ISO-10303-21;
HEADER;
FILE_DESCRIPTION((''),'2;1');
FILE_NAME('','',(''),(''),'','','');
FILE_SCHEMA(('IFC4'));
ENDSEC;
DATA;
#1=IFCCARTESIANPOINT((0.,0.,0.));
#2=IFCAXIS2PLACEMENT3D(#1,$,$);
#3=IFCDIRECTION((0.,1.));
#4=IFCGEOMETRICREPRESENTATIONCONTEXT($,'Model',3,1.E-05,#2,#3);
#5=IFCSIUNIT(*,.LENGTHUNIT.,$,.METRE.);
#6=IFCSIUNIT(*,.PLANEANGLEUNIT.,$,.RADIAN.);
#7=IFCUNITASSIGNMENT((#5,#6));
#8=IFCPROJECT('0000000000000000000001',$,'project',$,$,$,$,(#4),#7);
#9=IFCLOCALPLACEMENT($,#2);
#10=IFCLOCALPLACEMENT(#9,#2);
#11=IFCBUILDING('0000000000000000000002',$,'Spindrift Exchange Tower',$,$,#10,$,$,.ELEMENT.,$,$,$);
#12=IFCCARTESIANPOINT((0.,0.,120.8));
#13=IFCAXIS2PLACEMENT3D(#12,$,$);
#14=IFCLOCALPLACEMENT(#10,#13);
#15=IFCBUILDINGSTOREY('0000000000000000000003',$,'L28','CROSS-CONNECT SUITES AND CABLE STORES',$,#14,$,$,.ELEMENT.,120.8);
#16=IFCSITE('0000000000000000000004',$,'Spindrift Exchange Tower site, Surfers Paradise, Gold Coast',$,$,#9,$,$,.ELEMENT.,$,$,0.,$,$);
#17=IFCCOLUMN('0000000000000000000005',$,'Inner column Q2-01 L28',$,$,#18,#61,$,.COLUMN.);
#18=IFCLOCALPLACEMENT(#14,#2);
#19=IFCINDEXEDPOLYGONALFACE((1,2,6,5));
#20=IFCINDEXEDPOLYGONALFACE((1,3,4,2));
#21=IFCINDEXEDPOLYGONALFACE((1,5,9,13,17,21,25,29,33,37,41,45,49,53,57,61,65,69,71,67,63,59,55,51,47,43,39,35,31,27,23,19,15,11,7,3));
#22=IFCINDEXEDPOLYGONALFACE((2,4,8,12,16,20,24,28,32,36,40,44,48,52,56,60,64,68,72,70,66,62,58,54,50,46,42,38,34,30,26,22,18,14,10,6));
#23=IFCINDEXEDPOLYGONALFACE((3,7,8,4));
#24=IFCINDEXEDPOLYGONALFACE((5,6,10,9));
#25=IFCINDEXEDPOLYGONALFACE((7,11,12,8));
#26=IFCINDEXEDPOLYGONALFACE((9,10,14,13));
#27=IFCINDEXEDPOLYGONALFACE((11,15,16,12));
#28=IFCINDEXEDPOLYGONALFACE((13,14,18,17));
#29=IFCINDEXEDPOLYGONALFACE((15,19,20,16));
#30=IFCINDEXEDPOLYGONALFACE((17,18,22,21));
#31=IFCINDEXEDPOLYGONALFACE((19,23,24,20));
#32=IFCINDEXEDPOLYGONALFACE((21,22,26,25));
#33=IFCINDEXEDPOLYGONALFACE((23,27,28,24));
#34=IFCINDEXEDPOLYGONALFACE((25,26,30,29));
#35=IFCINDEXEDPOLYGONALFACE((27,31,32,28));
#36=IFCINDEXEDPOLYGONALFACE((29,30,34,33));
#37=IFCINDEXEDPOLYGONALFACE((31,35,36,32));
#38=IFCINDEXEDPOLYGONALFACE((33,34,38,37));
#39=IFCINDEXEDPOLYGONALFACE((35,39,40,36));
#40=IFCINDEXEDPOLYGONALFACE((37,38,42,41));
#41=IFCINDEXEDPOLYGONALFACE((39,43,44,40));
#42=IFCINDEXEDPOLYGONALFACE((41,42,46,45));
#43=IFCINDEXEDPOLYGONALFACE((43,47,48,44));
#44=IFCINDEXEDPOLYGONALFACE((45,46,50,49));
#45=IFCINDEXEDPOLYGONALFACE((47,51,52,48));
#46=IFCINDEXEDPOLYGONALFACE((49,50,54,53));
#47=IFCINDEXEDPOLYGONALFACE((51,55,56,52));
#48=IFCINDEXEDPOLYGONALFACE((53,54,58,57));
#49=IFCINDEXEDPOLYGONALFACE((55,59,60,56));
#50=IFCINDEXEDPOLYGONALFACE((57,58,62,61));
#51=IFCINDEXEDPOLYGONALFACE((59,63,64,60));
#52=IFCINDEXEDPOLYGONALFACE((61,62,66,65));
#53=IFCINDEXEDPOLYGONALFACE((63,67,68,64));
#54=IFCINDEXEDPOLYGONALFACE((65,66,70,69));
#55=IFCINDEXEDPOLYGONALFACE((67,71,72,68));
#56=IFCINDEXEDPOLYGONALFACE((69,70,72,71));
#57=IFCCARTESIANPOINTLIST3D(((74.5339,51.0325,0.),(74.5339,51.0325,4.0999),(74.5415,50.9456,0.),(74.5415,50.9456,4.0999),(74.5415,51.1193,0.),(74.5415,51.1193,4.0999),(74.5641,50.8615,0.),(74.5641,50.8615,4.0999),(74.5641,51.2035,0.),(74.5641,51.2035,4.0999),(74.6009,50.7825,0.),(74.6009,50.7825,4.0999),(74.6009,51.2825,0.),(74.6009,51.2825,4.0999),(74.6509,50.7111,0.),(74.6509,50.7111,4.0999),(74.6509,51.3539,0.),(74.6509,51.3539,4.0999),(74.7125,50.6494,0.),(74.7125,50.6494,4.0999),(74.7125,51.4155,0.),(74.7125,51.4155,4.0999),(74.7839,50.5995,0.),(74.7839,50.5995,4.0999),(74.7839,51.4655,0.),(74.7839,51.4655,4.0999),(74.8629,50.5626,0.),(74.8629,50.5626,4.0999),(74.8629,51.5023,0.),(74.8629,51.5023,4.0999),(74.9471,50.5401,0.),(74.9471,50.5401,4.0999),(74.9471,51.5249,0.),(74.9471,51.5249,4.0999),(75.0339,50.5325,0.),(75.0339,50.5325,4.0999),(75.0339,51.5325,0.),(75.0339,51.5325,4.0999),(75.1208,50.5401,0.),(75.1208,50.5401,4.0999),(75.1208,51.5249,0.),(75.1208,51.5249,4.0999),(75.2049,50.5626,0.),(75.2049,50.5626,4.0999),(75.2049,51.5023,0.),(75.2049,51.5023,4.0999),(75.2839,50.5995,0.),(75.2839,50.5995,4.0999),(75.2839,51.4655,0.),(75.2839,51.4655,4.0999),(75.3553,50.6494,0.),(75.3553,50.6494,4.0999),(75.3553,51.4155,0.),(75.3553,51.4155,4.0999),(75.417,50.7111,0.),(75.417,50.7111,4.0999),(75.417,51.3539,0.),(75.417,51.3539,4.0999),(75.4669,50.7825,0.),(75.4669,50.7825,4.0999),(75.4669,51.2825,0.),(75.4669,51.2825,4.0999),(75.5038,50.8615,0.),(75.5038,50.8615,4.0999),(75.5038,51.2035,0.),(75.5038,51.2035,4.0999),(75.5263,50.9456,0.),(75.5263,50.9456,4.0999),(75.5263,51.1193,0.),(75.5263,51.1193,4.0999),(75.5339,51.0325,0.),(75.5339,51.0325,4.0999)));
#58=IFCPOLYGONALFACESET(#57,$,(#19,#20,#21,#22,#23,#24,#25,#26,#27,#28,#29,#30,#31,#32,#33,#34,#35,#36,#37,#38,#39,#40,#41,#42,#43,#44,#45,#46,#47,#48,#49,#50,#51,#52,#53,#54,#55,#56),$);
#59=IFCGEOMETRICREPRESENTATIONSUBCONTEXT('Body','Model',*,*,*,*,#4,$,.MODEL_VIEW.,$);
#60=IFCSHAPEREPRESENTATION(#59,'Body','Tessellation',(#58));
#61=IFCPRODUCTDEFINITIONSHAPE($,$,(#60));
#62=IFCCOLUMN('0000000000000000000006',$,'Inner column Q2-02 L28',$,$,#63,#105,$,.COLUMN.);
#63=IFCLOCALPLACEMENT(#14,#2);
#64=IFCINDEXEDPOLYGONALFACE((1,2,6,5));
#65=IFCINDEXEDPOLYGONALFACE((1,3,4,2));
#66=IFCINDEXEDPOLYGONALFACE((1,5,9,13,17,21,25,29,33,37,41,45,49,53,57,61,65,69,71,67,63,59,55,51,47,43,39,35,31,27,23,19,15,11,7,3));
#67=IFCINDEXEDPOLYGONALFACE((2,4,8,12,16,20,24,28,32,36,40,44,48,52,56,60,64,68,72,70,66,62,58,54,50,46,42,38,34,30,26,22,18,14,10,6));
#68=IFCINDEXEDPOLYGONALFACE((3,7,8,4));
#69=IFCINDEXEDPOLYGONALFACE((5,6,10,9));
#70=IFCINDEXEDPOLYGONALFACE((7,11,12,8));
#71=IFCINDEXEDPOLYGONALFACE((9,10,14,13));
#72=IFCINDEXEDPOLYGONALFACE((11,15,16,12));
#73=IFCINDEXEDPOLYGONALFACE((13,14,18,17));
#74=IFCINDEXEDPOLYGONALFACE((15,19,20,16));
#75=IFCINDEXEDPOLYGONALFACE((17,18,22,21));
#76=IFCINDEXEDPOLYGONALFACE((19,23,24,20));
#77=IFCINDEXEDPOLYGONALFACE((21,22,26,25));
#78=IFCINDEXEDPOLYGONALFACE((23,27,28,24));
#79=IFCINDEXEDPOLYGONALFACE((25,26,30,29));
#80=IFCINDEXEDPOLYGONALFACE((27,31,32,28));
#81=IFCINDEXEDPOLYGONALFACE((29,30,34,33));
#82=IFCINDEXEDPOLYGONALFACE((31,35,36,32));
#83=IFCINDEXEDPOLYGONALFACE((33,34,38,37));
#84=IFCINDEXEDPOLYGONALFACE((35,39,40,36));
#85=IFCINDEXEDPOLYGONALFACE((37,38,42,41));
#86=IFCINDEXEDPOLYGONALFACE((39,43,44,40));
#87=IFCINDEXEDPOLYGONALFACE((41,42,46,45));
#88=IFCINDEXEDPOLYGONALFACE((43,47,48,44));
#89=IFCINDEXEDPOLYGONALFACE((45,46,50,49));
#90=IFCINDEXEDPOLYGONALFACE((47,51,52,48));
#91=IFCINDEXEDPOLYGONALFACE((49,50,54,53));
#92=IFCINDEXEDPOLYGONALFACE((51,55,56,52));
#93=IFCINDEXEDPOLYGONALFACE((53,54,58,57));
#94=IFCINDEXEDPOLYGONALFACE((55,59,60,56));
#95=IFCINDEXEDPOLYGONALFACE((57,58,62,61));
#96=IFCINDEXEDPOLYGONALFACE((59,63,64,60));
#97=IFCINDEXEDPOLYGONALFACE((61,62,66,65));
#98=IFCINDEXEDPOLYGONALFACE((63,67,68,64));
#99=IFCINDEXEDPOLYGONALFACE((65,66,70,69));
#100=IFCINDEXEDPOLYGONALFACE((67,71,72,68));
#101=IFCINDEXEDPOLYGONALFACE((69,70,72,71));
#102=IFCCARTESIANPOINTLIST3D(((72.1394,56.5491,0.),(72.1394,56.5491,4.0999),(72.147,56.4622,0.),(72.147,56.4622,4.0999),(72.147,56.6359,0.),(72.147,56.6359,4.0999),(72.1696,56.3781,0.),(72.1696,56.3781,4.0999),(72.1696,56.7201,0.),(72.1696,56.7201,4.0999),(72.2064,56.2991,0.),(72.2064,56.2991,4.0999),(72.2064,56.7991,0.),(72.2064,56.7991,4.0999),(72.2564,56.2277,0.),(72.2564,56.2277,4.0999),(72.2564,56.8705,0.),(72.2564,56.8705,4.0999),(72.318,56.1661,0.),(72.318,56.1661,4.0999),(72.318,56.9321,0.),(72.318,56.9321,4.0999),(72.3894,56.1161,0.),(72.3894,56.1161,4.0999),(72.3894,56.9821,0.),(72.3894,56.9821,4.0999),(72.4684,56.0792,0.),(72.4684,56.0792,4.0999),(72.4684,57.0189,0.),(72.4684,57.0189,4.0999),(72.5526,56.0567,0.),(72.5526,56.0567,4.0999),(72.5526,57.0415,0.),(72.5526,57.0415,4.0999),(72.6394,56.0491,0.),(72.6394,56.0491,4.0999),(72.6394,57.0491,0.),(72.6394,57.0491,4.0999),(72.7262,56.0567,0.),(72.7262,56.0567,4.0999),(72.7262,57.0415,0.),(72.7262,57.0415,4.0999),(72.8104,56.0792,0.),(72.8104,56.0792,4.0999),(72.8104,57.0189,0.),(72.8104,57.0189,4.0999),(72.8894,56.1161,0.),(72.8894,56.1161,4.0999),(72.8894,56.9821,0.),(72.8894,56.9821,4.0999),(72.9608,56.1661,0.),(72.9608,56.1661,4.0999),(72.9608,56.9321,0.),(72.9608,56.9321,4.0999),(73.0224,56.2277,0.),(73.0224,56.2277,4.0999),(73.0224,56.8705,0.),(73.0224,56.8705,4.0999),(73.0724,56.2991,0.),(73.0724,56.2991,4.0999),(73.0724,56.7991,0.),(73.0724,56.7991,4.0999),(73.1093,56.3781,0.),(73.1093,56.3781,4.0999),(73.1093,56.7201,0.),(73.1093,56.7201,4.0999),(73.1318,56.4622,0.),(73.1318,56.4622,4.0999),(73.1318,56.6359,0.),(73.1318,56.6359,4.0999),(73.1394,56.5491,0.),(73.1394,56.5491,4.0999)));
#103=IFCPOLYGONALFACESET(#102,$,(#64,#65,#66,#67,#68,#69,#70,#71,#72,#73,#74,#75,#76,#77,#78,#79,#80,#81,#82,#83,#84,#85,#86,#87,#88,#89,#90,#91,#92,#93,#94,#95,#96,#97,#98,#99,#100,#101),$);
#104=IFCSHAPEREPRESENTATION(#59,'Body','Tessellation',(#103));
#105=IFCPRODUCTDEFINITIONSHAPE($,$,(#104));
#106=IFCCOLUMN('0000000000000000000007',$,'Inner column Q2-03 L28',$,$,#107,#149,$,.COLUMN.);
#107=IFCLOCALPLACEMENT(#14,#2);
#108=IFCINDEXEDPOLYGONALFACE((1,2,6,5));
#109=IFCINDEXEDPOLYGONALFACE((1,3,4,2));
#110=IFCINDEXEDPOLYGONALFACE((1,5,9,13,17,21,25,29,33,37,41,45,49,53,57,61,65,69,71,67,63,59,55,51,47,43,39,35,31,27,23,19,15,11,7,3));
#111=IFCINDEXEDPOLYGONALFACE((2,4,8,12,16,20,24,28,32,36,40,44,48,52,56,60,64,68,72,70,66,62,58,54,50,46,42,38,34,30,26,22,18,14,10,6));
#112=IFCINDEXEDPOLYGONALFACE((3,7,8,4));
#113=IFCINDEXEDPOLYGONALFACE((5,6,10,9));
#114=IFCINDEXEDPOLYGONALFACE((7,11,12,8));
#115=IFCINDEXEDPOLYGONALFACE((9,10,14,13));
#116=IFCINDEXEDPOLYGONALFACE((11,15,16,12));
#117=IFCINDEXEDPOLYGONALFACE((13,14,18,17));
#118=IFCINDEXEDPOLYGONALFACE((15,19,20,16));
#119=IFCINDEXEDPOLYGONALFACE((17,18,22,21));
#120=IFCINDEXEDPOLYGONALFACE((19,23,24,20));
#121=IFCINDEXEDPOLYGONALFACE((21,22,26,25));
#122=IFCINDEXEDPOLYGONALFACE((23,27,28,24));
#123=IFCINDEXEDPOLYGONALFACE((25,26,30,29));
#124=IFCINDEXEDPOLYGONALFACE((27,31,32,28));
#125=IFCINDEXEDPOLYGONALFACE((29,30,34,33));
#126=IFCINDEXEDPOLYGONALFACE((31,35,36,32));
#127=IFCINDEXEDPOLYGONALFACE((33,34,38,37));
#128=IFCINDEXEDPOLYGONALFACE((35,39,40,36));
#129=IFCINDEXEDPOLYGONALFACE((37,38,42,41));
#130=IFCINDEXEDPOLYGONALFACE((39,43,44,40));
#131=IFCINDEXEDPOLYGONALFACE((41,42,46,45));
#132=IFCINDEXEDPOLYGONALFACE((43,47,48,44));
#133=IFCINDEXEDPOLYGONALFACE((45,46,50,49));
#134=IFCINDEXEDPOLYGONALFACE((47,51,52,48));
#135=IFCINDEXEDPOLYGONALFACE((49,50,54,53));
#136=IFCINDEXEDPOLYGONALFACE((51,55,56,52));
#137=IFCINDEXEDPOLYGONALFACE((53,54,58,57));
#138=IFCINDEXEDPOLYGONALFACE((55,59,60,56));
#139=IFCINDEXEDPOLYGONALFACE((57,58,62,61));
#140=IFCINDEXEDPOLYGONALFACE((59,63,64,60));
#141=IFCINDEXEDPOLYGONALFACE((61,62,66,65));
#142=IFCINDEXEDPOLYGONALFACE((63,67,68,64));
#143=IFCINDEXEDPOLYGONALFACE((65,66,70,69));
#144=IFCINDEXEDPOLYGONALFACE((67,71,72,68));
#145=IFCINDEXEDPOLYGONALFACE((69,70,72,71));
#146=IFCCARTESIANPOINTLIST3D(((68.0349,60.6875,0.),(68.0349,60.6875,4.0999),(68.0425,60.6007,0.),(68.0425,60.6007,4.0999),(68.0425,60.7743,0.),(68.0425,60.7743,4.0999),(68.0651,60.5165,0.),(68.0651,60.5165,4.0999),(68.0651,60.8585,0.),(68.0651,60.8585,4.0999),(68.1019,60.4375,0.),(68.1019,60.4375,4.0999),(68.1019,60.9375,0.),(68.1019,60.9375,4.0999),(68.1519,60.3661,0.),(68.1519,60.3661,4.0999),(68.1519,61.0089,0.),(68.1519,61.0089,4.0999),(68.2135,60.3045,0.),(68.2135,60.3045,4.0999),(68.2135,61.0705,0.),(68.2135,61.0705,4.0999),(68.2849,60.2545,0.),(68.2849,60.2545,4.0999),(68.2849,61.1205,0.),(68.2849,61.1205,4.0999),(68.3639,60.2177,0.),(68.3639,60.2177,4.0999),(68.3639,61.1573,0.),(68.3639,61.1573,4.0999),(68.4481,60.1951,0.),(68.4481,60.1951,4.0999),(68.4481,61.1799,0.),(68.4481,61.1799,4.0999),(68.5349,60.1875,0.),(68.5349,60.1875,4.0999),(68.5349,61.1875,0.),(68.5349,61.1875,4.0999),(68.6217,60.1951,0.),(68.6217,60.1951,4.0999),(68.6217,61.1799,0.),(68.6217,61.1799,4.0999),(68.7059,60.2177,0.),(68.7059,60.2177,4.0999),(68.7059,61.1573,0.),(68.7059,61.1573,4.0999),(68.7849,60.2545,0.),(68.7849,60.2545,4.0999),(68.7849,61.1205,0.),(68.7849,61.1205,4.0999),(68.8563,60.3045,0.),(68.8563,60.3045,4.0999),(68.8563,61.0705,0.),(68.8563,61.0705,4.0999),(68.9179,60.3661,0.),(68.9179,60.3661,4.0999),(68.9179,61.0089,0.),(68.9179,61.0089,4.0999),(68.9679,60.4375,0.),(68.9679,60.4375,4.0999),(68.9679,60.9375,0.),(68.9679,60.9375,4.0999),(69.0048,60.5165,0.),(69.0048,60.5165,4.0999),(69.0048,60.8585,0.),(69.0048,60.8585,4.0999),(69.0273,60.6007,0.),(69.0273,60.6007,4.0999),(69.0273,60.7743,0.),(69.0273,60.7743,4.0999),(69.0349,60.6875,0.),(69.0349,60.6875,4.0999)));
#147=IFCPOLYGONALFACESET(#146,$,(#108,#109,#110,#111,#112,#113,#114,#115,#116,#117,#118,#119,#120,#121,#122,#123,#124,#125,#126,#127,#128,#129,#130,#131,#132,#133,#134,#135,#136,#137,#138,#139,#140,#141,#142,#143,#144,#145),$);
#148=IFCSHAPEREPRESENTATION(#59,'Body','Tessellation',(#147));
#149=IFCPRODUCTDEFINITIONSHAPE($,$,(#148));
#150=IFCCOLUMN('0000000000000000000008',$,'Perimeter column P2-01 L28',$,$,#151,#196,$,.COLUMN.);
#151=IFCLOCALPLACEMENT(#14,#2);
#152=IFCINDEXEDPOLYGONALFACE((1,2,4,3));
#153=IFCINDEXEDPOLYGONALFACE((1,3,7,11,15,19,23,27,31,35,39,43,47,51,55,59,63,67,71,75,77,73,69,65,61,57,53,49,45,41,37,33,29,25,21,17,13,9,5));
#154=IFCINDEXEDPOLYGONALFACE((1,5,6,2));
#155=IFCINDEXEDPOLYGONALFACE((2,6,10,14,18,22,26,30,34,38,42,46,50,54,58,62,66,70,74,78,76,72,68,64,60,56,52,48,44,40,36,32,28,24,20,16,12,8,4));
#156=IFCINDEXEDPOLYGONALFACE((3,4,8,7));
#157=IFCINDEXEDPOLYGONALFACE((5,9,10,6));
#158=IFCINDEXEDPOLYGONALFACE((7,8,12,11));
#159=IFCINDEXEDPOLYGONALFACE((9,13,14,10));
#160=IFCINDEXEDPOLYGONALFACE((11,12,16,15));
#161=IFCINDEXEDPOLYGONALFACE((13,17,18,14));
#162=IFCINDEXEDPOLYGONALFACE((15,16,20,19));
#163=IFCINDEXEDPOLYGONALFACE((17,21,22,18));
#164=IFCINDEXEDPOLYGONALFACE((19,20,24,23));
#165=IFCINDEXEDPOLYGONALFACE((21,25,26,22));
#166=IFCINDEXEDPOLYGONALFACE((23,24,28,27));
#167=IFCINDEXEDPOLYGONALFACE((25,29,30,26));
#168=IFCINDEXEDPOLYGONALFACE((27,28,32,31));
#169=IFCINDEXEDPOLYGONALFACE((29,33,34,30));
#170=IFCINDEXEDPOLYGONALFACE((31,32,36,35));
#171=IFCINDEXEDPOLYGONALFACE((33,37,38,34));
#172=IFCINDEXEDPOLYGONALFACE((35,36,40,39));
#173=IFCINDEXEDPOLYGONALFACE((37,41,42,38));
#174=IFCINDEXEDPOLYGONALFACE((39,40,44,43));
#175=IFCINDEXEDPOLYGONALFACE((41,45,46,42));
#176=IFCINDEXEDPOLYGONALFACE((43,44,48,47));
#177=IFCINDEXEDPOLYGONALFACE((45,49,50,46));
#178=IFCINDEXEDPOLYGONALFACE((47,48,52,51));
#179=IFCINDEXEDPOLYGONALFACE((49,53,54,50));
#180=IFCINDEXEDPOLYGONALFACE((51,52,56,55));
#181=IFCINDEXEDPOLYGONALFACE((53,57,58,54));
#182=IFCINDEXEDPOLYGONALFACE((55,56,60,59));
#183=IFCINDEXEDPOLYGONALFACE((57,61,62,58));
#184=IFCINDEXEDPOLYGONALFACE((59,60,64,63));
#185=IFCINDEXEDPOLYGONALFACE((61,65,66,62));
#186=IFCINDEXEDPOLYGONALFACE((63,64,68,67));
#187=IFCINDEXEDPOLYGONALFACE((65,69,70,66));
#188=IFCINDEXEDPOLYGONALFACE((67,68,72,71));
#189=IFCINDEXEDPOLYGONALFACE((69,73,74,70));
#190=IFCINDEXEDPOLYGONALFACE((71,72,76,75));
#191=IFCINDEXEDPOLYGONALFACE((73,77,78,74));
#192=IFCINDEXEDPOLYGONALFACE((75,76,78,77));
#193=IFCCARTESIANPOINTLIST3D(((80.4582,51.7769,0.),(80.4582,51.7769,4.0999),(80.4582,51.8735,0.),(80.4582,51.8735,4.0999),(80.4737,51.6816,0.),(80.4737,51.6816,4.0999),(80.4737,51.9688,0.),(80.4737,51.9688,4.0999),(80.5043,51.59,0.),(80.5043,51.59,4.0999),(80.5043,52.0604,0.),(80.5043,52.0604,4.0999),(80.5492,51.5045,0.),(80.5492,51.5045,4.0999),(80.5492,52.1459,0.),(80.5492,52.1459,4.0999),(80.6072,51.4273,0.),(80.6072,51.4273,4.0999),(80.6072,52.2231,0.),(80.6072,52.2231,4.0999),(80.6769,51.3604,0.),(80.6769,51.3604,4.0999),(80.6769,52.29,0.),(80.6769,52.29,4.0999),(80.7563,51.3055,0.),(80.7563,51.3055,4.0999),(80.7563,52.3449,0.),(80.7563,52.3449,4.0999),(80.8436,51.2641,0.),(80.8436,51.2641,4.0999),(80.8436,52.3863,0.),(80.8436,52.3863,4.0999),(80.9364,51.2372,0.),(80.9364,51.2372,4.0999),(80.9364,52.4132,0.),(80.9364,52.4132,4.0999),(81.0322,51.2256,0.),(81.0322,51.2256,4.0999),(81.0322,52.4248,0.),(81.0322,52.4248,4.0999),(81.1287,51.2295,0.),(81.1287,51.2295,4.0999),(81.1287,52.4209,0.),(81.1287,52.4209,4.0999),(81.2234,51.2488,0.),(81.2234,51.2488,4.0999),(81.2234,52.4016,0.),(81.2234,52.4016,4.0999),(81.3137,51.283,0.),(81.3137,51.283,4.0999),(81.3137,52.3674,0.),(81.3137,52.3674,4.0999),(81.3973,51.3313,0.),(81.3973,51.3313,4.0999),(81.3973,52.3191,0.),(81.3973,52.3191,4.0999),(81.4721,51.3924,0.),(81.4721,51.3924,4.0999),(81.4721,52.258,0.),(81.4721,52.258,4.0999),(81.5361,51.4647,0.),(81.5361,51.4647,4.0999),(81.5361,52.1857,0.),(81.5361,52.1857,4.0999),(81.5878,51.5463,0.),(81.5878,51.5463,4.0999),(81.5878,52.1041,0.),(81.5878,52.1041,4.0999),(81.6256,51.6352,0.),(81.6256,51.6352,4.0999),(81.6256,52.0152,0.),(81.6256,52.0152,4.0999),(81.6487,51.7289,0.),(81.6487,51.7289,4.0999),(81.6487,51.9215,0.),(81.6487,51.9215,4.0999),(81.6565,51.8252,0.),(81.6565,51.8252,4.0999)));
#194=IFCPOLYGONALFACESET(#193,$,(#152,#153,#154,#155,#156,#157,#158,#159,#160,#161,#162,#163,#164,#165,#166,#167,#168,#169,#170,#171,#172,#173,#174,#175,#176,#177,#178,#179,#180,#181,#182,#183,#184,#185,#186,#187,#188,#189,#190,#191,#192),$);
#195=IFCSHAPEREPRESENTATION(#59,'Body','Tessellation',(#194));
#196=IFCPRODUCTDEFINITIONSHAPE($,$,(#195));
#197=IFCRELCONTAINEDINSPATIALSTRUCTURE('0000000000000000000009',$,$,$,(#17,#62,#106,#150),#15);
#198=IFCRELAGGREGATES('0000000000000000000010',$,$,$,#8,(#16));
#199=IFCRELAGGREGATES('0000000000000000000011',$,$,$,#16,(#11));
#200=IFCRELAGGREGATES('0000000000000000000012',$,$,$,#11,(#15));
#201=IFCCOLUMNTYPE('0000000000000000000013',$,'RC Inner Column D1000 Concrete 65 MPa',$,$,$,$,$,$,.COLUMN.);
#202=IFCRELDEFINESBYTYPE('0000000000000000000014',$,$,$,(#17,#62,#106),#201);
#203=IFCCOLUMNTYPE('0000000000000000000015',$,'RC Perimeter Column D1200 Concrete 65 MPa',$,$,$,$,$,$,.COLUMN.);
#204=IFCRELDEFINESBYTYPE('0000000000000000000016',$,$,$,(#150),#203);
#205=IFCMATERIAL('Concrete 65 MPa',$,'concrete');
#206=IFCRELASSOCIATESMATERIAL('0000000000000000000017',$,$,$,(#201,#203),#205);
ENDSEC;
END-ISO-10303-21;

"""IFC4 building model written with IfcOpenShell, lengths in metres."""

from ifc_helpers import new_model, si_unit, direction, frame, origin, origin_2d, place, context, subcontext, project, spatial, circle, extrude, source, transform, mapped, material, material_profile, profile_set, type_object, element, save


model = new_model("IFC4")

# Units and contexts
model_context = context("Model", 3, precision=1e-05, world=origin(), true_north=direction((0.0, 1.0)))
body_context = subcontext(model_context, "Body", "Model", "MODEL_VIEW")
ifc_project = project(units=[si_unit("LENGTHUNIT", "METRE"), si_unit("PLANEANGLEUNIT", "RADIAN")], contexts=[model_context])

# Site, building, storey
site_placement = place(None, origin())
site = spatial("IfcSite", under=ifc_project, at=site_placement, Name="Spindrift Exchange Tower site, Surfers Paradise, Gold Coast", CompositionType="ELEMENT", RefElevation=0.0)
building_placement = place(site_placement, origin())
building = spatial("IfcBuilding", under=site, at=building_placement, Name="Spindrift Exchange Tower", CompositionType="ELEMENT")
storey_placement = place(building_placement, frame((0.0, 0.0, 120.8)))
storey = spatial("IfcBuildingStorey", under=building, at=storey_placement, Name="L28", Description="CROSS-CONNECT SUITES AND CABLE STORES", CompositionType="ELEMENT", Elevation=120.8)

# Columns
ifc_material_1 = material(Name="Concrete 65 MPa", Category="concrete")
ifc_material_profile_1 = material_profile(ifc_material_1, circle(Radius=0.5, at=origin_2d()), Name="RC D1000")
ifc_profile_set_1 = profile_set([ifc_material_profile_1], Name="Concrete 65 MPa")
column_type_1 = type_object("IfcColumnType", Name="RC Inner Column D1000 Concrete 65 MPa", PredefinedType="COLUMN", material=ifc_profile_set_1)
shared_shape_1 = source(origin(), body_context, "Body", "SweptSolid", [
    extrude(circle(Radius=0.5, at=origin_2d()), origin(), (0.0, 0.0, 1.0), 4.0999),
])
for number, where, z_axis, x_axis, name in (
    (1, (75.0339, 51.0325, 0.0), (0.0, 0.0, 1.0), (1.0, 0.0, 0.0), "Inner column Q2-01 L28"),
    (2, (72.6394, 56.5491, 0.0), (0.0, 0.0, 1.0), (1.0, 0.0, 0.0), "Inner column Q2-02 L28"),
    (3, (68.5349, 60.6875, 0.0), (0.0, 0.0, 1.0), (1.0, 0.0, 0.0), "Inner column Q2-03 L28"),
):
    element("IfcColumn", number, at=place(storey_placement, frame(where, z_axis=z_axis, x_axis=x_axis)), inside=storey, type_object=column_type_1, Name=name, PredefinedType="COLUMN", context=body_context, shape_type="MappedRepresentation", body=[
        mapped(shared_shape_1, transform((0.0, 0.0, 0.0), scale=1.0)),
    ])
ifc_material_profile_2 = material_profile(ifc_material_1, circle(Radius=0.6001, at=origin_2d()), Name="RC D1200")
ifc_profile_set_2 = profile_set([ifc_material_profile_2], Name="Concrete 65 MPa")
column_type_2 = type_object("IfcColumnType", Name="RC Perimeter Column D1200 Concrete 65 MPa", PredefinedType="COLUMN", material=ifc_profile_set_2)
shared_shape_2 = source(origin(), body_context, "Body", "SweptSolid", [
    extrude(circle(Radius=0.6001, at=origin_2d()), origin(), (0.0, 0.0, 1.0), 4.0999),
])
for number, where, z_axis, x_axis, name in (
    (4, (81.0564, 51.8252, 0.0), (0.0, 0.0, 1.0), (1.0, 0.0, 0.0), "Perimeter column P2-01 L28"),
):
    element("IfcColumn", number, at=place(storey_placement, frame(where, z_axis=z_axis, x_axis=x_axis)), inside=storey, type_object=column_type_2, Name=name, PredefinedType="COLUMN", context=body_context, shape_type="MappedRepresentation", body=[
        mapped(shared_shape_2, transform((0.0, 0.0, 0.0), scale=1.0)),
    ])

save(model, "model.ifc")
